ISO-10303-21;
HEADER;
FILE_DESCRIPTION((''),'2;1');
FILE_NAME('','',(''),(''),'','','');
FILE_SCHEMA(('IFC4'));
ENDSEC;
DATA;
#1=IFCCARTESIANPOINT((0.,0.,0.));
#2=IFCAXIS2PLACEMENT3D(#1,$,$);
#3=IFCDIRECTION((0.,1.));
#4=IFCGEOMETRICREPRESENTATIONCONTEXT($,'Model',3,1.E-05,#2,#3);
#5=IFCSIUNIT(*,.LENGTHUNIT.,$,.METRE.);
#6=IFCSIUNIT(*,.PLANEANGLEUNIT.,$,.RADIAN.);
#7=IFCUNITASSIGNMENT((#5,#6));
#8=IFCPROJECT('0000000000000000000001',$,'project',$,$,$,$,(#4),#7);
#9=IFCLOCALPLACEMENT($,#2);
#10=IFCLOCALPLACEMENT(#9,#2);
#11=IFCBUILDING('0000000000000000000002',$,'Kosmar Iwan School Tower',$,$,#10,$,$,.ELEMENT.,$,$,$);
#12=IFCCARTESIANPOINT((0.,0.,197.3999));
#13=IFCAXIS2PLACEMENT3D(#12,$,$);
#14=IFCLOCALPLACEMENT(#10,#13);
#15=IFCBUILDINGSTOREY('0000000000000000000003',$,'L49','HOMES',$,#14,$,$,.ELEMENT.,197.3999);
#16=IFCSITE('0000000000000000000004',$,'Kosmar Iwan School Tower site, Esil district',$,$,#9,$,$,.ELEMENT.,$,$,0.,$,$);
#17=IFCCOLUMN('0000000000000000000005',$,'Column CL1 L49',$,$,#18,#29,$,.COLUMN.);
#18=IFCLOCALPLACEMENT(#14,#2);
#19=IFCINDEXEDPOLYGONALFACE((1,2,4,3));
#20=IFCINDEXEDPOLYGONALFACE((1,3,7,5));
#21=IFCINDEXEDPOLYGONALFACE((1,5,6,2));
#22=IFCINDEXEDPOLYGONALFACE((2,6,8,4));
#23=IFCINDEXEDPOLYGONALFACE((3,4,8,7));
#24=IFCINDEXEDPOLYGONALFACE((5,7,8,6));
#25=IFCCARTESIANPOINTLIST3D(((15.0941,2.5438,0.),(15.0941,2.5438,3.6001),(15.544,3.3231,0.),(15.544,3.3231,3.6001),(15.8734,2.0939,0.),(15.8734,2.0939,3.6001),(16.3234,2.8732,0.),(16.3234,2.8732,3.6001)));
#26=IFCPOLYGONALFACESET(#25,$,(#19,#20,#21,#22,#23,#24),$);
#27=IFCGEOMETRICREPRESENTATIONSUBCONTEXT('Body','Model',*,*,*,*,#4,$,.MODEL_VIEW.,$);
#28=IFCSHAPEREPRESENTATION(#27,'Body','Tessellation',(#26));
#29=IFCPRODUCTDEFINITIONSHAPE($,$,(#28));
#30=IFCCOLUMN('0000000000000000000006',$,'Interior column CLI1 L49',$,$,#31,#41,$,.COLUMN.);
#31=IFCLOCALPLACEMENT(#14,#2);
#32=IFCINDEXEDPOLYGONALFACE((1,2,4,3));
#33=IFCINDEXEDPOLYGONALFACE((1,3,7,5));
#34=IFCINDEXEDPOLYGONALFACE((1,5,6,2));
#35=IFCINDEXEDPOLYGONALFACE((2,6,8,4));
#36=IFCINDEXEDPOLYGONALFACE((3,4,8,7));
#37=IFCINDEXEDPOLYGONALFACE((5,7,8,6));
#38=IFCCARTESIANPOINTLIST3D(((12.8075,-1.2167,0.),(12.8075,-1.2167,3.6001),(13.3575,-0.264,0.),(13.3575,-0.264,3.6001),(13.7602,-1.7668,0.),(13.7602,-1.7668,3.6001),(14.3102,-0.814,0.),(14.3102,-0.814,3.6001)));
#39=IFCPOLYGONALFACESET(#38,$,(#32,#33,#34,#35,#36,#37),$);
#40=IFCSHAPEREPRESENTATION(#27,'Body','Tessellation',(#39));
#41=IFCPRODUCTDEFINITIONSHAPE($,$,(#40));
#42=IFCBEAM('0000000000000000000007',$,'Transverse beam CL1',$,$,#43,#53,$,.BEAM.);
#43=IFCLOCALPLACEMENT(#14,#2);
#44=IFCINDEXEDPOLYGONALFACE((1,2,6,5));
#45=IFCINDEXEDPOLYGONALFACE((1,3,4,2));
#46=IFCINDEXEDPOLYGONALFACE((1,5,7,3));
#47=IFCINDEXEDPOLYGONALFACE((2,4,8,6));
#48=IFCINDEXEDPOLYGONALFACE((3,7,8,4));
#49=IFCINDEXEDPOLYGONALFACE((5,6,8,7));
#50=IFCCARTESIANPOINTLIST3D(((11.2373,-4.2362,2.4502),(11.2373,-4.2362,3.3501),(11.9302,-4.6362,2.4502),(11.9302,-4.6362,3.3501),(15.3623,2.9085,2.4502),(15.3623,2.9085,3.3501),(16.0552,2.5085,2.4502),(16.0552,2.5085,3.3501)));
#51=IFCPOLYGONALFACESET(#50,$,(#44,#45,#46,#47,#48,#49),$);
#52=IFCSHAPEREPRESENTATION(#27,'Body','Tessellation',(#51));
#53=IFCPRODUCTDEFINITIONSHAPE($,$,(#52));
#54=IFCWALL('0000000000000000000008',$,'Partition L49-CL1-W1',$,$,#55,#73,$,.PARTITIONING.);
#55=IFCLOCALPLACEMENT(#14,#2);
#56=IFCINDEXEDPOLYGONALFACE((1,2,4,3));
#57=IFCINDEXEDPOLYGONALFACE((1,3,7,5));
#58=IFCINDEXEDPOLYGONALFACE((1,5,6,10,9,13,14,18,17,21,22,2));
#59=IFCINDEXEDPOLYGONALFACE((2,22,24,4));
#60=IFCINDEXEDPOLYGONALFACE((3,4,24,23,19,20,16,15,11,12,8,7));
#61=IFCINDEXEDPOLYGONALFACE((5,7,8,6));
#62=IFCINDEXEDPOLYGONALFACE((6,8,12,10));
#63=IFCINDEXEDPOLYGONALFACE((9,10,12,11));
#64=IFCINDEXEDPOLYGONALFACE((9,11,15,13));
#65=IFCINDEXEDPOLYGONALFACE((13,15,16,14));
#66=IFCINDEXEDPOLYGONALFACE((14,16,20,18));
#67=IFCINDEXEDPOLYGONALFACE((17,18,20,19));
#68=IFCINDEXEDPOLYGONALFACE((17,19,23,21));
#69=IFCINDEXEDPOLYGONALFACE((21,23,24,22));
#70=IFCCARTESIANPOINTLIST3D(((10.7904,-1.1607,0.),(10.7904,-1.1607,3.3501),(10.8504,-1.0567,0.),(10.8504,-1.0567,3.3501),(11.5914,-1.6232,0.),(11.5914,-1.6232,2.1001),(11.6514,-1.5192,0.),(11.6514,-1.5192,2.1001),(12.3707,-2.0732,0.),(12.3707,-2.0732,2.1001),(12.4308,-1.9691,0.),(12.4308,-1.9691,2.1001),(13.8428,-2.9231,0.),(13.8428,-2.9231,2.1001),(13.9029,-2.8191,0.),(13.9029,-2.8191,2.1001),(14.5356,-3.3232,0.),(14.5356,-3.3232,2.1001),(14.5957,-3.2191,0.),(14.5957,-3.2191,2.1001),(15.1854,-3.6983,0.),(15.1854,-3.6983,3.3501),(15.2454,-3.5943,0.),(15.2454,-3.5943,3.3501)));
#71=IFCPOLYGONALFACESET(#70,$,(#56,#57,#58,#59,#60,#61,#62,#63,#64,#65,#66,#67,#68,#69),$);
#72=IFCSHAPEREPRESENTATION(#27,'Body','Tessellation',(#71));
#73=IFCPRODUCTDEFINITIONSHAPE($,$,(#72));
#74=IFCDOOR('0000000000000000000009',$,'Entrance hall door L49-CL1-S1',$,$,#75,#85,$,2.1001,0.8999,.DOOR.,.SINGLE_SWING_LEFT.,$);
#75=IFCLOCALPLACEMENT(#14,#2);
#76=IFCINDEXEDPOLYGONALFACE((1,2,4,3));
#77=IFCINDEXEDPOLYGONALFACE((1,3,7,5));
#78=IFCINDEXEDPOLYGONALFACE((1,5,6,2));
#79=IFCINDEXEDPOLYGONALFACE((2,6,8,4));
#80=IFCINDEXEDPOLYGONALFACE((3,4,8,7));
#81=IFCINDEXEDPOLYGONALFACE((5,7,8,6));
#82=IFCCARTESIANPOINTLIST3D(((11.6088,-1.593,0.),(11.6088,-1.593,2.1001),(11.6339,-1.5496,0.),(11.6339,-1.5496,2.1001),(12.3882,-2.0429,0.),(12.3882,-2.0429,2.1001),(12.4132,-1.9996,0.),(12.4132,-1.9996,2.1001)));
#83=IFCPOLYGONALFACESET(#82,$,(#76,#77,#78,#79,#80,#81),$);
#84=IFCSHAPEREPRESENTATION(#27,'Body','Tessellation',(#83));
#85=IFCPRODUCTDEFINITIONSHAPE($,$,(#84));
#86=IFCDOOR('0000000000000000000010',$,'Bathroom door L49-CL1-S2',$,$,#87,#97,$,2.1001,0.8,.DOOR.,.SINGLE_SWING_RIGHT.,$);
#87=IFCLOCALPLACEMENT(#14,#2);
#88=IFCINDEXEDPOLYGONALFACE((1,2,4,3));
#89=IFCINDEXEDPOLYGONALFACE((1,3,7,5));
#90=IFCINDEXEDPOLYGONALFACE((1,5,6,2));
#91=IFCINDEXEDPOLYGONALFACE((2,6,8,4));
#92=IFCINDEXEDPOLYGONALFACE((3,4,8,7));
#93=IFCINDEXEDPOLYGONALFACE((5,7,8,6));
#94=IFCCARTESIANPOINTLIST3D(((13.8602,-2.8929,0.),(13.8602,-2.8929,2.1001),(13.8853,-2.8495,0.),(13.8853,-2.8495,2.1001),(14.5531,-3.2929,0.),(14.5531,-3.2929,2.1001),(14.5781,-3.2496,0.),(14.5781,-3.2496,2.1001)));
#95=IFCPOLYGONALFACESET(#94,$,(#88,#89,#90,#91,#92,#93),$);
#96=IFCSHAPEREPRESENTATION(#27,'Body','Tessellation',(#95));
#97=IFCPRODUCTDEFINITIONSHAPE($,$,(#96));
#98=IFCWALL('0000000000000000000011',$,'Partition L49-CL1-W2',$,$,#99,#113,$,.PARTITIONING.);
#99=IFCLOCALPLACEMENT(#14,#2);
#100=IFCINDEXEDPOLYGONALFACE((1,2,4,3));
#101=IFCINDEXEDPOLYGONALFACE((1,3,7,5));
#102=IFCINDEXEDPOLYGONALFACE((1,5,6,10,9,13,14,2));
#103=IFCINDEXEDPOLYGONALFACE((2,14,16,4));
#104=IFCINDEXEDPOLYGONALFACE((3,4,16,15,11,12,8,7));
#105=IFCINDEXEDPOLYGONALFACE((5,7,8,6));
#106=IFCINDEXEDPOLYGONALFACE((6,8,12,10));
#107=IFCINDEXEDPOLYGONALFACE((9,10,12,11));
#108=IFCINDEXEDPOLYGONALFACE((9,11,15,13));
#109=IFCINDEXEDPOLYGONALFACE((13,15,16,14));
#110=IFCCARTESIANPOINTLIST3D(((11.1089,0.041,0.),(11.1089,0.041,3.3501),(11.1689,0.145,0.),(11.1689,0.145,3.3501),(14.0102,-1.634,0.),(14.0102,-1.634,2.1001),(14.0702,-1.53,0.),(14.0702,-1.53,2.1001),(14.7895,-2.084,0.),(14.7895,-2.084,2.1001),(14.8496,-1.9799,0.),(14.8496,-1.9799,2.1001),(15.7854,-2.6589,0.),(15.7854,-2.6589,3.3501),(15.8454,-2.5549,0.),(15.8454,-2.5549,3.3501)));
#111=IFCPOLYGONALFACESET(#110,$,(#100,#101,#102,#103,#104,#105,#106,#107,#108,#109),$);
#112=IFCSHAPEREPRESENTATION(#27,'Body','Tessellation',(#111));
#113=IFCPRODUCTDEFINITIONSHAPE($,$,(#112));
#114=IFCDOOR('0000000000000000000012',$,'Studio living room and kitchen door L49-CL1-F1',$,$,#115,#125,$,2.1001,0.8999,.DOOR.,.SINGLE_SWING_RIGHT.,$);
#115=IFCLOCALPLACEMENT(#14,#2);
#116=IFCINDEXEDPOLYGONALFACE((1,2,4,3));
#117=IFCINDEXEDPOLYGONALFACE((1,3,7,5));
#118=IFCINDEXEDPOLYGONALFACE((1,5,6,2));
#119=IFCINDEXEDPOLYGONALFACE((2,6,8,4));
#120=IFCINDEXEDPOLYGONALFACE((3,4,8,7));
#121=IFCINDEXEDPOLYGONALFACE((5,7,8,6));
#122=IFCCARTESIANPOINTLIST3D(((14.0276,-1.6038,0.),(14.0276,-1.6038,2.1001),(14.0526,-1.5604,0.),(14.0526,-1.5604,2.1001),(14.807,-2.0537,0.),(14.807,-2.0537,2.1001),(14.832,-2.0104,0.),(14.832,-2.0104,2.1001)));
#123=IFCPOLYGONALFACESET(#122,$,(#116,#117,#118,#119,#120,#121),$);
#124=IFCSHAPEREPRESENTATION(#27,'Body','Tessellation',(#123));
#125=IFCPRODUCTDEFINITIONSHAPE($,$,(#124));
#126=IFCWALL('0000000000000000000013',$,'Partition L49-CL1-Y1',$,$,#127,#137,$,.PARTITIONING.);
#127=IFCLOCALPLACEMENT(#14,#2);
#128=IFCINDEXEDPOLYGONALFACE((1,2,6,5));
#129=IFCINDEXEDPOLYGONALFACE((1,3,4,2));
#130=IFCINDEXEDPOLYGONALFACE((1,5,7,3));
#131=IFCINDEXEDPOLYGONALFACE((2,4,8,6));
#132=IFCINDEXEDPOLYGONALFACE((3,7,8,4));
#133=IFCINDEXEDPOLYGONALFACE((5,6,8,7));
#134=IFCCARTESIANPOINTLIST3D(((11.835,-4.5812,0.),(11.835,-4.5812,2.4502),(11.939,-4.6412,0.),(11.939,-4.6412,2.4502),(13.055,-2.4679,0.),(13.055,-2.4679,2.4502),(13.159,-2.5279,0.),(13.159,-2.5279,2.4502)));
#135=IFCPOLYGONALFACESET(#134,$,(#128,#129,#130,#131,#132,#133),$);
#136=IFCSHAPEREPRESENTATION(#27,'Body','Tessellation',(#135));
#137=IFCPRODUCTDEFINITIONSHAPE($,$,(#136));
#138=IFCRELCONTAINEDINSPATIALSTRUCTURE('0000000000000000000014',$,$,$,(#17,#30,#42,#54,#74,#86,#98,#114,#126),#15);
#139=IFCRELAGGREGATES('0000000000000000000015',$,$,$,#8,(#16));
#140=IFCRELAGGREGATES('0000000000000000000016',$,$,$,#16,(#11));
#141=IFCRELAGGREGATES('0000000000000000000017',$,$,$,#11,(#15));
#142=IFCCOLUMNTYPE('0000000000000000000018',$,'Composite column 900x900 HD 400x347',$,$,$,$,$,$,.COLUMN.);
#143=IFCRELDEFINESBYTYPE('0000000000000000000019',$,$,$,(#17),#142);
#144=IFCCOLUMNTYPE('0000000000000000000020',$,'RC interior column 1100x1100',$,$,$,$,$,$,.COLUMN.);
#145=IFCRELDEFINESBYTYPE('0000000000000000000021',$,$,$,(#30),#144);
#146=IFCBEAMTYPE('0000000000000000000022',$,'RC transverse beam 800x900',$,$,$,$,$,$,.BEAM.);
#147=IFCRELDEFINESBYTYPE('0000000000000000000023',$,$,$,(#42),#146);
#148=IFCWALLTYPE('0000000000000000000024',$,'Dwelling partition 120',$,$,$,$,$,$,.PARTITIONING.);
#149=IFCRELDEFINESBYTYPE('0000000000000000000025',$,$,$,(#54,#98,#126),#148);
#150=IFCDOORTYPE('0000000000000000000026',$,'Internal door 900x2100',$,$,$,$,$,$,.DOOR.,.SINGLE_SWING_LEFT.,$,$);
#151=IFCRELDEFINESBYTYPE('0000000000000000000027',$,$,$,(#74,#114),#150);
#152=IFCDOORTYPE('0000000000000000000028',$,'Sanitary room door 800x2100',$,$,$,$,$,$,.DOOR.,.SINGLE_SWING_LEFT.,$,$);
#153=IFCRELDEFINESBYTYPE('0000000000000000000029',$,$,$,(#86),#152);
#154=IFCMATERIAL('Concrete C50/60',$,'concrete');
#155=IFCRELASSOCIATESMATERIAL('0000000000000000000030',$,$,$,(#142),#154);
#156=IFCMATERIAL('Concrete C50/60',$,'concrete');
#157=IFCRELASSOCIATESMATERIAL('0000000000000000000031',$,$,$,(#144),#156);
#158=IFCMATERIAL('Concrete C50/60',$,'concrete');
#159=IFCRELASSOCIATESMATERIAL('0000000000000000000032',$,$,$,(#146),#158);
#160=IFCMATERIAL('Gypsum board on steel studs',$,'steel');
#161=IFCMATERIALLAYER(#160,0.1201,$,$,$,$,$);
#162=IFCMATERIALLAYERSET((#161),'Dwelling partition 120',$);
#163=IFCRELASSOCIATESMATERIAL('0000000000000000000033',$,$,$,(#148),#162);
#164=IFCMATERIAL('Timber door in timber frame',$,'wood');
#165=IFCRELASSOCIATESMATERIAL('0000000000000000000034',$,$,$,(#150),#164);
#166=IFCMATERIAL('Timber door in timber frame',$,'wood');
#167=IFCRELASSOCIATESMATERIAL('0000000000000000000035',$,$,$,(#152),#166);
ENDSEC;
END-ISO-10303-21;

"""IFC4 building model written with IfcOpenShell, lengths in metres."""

from ifc_helpers import new_model, si_unit, direction, frame, frame_2d, origin, origin_2d, place, context, subcontext, project, spatial, rectangle, extrude, material, layer, layer_set, material_profile, profile_set, type_object, element, fill, save


model = new_model("IFC4")

# Units and contexts
model_context = context("Model", 3, precision=1e-05, world=origin(), true_north=direction((0.0, 1.0)))
body_context = subcontext(model_context, "Body", "Model", "MODEL_VIEW")
ifc_project = project(units=[si_unit("LENGTHUNIT", "METRE"), si_unit("PLANEANGLEUNIT", "RADIAN")], contexts=[model_context])

# Site, building, storey
site_placement = place(None, origin())
site = spatial("IfcSite", under=ifc_project, at=site_placement, Name="Kosmar Iwan School Tower site, Esil district", CompositionType="ELEMENT", RefElevation=0.0)
building_placement = place(site_placement, origin())
building = spatial("IfcBuilding", under=site, at=building_placement, Name="Kosmar Iwan School Tower", CompositionType="ELEMENT")
storey_placement = place(building_placement, frame((0.0, 0.0, 197.3999)))
storey = spatial("IfcBuildingStorey", under=building, at=storey_placement, Name="L49", Description="HOMES", CompositionType="ELEMENT", Elevation=197.3999)

# Columns
ifc_material_1 = material(Name="Concrete C50/60", Category="concrete")
ifc_material_profile_1 = material_profile(ifc_material_1, rectangle(XDim=0.8999, YDim=0.8999, at=origin_2d()), Name="RC 900x900 + HD 400x347")
ifc_profile_set_1 = profile_set([ifc_material_profile_1], Name="Concrete C50/60")
column_type_1 = type_object("IfcColumnType", Name="Composite column 900x900 HD 400x347", PredefinedType="COLUMN", material=ifc_profile_set_1)
column_1_placement = place(storey_placement, frame((15.7087, 2.7085, 0.0), z_axis=(0.0, 0.0, 1.0), x_axis=(0.866025, -0.5, 0.0)))
element("IfcColumn", 1, at=column_1_placement, inside=storey, type_object=column_type_1, Name="Column CL1 L49", PredefinedType="COLUMN", context=body_context, shape_type="SweptSolid", body=[
    extrude(rectangle(XDim=0.8999, YDim=0.8999, at=origin_2d()), origin(), (0.0, 0.0, 1.0), 3.6001),
])
ifc_material_2 = material(Name="Concrete C50/60", Category="concrete")
ifc_material_profile_2 = material_profile(ifc_material_2, rectangle(XDim=1.1001, YDim=1.1001, at=origin_2d()), Name="RC 1100x1100")
ifc_profile_set_2 = profile_set([ifc_material_profile_2], Name="Concrete C50/60")
column_type_2 = type_object("IfcColumnType", Name="RC interior column 1100x1100", PredefinedType="COLUMN", material=ifc_profile_set_2)
column_2_placement = place(storey_placement, frame((13.5588, -1.0154, 0.0), z_axis=(0.0, 0.0, 1.0), x_axis=(0.866025, -0.5, 0.0)))
element("IfcColumn", 2, at=column_2_placement, inside=storey, type_object=column_type_2, Name="Interior column CLI1 L49", PredefinedType="COLUMN", context=body_context, shape_type="SweptSolid", body=[
    extrude(rectangle(XDim=1.1001, YDim=1.1001, at=origin_2d()), origin(), (0.0, 0.0, 1.0), 3.6001),
])

# Beam
ifc_material_3 = material(Name="Concrete C50/60", Category="concrete")
ifc_material_profile_3 = material_profile(ifc_material_3, rectangle(XDim=0.8, YDim=0.8999, at=origin_2d()), Name="RC 800x900")
ifc_profile_set_3 = profile_set([ifc_material_profile_3], Name="Concrete C50/60")
beam_type = type_object("IfcBeamType", Name="RC transverse beam 800x900", PredefinedType="BEAM", material=ifc_profile_set_3)
beam_placement = place(storey_placement, frame((15.7087, 2.7085, 2.9001), z_axis=(-0.499997, -0.866027, 0.0), x_axis=(0.866027, -0.499997, 0.0)))
element("IfcBeam", 3, at=beam_placement, inside=storey, type_object=beam_type, Name="Transverse beam CL1", PredefinedType="BEAM", context=body_context, shape_type="SweptSolid", body=[
    extrude(rectangle(XDim=0.8, YDim=0.8999, at=origin_2d()), origin(), (0.0, 0.0, 1.0), 8.25),
])

# Wall, openings, doors
ifc_material_4 = material(Name="Gypsum board on steel studs", Category="steel")
ifc_layer_1 = layer(ifc_material_4, 0.1201)
ifc_layer_set_1 = layer_set([ifc_layer_1], Name="Dwelling partition 120")
wall_type_1 = type_object("IfcWallType", Name="Dwelling partition 120", PredefinedType="PARTITIONING", material=ifc_layer_set_1)
wall_1_placement = place(storey_placement, frame((10.8203, -1.1086, 0.0), z_axis=(0.0, 0.0, 1.0), x_axis=(0.866014, -0.500019, 0.0)))
wall_1 = element("IfcWall", 4, at=wall_1_placement, inside=storey, type_object=wall_type_1, Name="Partition L49-CL1-W1", PredefinedType="PARTITIONING", context=body_context, shape_type="SweptSolid", body=[
    extrude(rectangle(XDim=5.075, YDim=0.1201, at=frame_2d((2.5376, 0.0))), origin(), (0.0, 0.0, 1.0), 3.3501),
])
opening_1_placement = place(wall_1_placement, frame((0.925, 0.0, 0.0)))
opening_1 = element("IfcOpeningElement", 5, at=opening_1_placement, cuts=wall_1, PredefinedType="OPENING", context=body_context, shape_type="SweptSolid", body=[
    extrude(rectangle(XDim=0.8999, YDim=2.1001, at=frame_2d((0.45, 1.05))), frame((0.0, 0.072, 0.0), z_axis=(0.0, -1.0, 0.0), x_axis=(1.0, 0.0, 0.0)), (0.0, 0.0, 1.0), 0.144),
])
opening_2_placement = place(wall_1_placement, frame((3.5249, 0.0, 0.0)))
opening_2 = element("IfcOpeningElement", 6, at=opening_2_placement, cuts=wall_1, PredefinedType="OPENING", context=body_context, shape_type="SweptSolid", body=[
    extrude(rectangle(XDim=0.8, YDim=2.1001, at=frame_2d((0.3999, 1.05))), frame((0.0, 0.072, 0.0), z_axis=(0.0, -1.0, 0.0), x_axis=(1.0, 0.0, 0.0)), (0.0, 0.0, 1.0), 0.144),
])
ifc_material_5 = material(Name="Timber door in timber frame", Category="wood")
door_type_1 = type_object("IfcDoorType", Name="Internal door 900x2100", OperationType="SINGLE_SWING_LEFT", PredefinedType="DOOR", material=ifc_material_5)
door_1_placement = place(opening_1_placement, origin())
door_1 = element("IfcDoor", 7, at=door_1_placement, inside=storey, type_object=door_type_1, Name="Entrance hall door L49-CL1-S1", OperationType="SINGLE_SWING_LEFT", OverallHeight=2.1001, OverallWidth=0.8999, PredefinedType="DOOR", context=body_context, shape_type="SweptSolid", body=[
    extrude(rectangle(XDim=0.8999, YDim=2.1001, at=frame_2d((0.45, 1.05))), frame((0.0, 0.0249, 0.0), z_axis=(0.0, -1.0, 0.0), x_axis=(1.0, 0.0, 0.0)), (0.0, 0.0, 1.0), 0.05),
])
fill(opening_1, door_1)
ifc_material_6 = material(Name="Timber door in timber frame", Category="wood")
door_type_2 = type_object("IfcDoorType", Name="Sanitary room door 800x2100", OperationType="SINGLE_SWING_LEFT", PredefinedType="DOOR", material=ifc_material_6)
door_2_placement = place(opening_2_placement, origin())
door_2 = element("IfcDoor", 8, at=door_2_placement, inside=storey, type_object=door_type_2, Name="Bathroom door L49-CL1-S2", OperationType="SINGLE_SWING_RIGHT", OverallHeight=2.1001, OverallWidth=0.8, PredefinedType="DOOR", context=body_context, shape_type="SweptSolid", body=[
    extrude(rectangle(XDim=0.8, YDim=2.1001, at=frame_2d((0.3999, 1.05))), frame((0.0, 0.0249, 0.0), z_axis=(0.0, -1.0, 0.0), x_axis=(1.0, 0.0, 0.0)), (0.0, 0.0, 1.0), 0.05),
])
fill(opening_2, door_2)

# Wall, opening, door
wall_2_placement = place(storey_placement, frame((11.1389, 0.093, 0.0), z_axis=(0.0, 0.0, 1.0), x_axis=(0.866028, -0.499995, 0.0)))
wall_2 = element("IfcWall", 9, at=wall_2_placement, inside=storey, type_object=wall_type_1, Name="Partition L49-CL1-W2", PredefinedType="PARTITIONING", context=body_context, shape_type="SweptSolid", body=[
    extrude(rectangle(XDim=5.3999, YDim=0.1201, at=frame_2d((2.7, 0.0))), origin(), (0.0, 0.0, 1.0), 3.3501),
])
opening_3_placement = place(wall_2_placement, frame((3.3501, 0.0, 0.0)))
opening_3 = element("IfcOpeningElement", 10, at=opening_3_placement, cuts=wall_2, PredefinedType="OPENING", context=body_context, shape_type="SweptSolid", body=[
    extrude(rectangle(XDim=0.8999, YDim=2.1001, at=frame_2d((0.45, 1.05))), frame((0.0, 0.072, 0.0), z_axis=(0.0, -1.0, 0.0), x_axis=(1.0, 0.0, 0.0)), (0.0, 0.0, 1.0), 0.144),
])
door_3_placement = place(opening_3_placement, origin())
door_3 = element("IfcDoor", 11, at=door_3_placement, inside=storey, type_object=door_type_1, Name="Studio living room and kitchen door L49-CL1-F1", OperationType="SINGLE_SWING_RIGHT", OverallHeight=2.1001, OverallWidth=0.8999, PredefinedType="DOOR", context=body_context, shape_type="SweptSolid", body=[
    extrude(rectangle(XDim=0.8999, YDim=2.1001, at=frame_2d((0.45, 1.05))), frame((0.0, 0.0249, 0.0), z_axis=(0.0, -1.0, 0.0), x_axis=(1.0, 0.0, 0.0)), (0.0, 0.0, 1.0), 0.05),
])
fill(opening_3, door_3)

# Wall
wall_3_placement = place(storey_placement, frame((11.887, -4.6113, 0.0), z_axis=(0.0, 0.0, 1.0), x_axis=(0.499959, 0.866049, 0.0)))
element("IfcWall", 12, at=wall_3_placement, inside=storey, type_object=wall_type_1, Name="Partition L49-CL1-Y1", PredefinedType="PARTITIONING", context=body_context, shape_type="SweptSolid", body=[
    extrude(rectangle(XDim=2.4402, YDim=0.1201, at=frame_2d((1.2202, 0.0))), origin(), (0.0, 0.0, 1.0), 2.4502),
])

save(model, "model.ifc")
